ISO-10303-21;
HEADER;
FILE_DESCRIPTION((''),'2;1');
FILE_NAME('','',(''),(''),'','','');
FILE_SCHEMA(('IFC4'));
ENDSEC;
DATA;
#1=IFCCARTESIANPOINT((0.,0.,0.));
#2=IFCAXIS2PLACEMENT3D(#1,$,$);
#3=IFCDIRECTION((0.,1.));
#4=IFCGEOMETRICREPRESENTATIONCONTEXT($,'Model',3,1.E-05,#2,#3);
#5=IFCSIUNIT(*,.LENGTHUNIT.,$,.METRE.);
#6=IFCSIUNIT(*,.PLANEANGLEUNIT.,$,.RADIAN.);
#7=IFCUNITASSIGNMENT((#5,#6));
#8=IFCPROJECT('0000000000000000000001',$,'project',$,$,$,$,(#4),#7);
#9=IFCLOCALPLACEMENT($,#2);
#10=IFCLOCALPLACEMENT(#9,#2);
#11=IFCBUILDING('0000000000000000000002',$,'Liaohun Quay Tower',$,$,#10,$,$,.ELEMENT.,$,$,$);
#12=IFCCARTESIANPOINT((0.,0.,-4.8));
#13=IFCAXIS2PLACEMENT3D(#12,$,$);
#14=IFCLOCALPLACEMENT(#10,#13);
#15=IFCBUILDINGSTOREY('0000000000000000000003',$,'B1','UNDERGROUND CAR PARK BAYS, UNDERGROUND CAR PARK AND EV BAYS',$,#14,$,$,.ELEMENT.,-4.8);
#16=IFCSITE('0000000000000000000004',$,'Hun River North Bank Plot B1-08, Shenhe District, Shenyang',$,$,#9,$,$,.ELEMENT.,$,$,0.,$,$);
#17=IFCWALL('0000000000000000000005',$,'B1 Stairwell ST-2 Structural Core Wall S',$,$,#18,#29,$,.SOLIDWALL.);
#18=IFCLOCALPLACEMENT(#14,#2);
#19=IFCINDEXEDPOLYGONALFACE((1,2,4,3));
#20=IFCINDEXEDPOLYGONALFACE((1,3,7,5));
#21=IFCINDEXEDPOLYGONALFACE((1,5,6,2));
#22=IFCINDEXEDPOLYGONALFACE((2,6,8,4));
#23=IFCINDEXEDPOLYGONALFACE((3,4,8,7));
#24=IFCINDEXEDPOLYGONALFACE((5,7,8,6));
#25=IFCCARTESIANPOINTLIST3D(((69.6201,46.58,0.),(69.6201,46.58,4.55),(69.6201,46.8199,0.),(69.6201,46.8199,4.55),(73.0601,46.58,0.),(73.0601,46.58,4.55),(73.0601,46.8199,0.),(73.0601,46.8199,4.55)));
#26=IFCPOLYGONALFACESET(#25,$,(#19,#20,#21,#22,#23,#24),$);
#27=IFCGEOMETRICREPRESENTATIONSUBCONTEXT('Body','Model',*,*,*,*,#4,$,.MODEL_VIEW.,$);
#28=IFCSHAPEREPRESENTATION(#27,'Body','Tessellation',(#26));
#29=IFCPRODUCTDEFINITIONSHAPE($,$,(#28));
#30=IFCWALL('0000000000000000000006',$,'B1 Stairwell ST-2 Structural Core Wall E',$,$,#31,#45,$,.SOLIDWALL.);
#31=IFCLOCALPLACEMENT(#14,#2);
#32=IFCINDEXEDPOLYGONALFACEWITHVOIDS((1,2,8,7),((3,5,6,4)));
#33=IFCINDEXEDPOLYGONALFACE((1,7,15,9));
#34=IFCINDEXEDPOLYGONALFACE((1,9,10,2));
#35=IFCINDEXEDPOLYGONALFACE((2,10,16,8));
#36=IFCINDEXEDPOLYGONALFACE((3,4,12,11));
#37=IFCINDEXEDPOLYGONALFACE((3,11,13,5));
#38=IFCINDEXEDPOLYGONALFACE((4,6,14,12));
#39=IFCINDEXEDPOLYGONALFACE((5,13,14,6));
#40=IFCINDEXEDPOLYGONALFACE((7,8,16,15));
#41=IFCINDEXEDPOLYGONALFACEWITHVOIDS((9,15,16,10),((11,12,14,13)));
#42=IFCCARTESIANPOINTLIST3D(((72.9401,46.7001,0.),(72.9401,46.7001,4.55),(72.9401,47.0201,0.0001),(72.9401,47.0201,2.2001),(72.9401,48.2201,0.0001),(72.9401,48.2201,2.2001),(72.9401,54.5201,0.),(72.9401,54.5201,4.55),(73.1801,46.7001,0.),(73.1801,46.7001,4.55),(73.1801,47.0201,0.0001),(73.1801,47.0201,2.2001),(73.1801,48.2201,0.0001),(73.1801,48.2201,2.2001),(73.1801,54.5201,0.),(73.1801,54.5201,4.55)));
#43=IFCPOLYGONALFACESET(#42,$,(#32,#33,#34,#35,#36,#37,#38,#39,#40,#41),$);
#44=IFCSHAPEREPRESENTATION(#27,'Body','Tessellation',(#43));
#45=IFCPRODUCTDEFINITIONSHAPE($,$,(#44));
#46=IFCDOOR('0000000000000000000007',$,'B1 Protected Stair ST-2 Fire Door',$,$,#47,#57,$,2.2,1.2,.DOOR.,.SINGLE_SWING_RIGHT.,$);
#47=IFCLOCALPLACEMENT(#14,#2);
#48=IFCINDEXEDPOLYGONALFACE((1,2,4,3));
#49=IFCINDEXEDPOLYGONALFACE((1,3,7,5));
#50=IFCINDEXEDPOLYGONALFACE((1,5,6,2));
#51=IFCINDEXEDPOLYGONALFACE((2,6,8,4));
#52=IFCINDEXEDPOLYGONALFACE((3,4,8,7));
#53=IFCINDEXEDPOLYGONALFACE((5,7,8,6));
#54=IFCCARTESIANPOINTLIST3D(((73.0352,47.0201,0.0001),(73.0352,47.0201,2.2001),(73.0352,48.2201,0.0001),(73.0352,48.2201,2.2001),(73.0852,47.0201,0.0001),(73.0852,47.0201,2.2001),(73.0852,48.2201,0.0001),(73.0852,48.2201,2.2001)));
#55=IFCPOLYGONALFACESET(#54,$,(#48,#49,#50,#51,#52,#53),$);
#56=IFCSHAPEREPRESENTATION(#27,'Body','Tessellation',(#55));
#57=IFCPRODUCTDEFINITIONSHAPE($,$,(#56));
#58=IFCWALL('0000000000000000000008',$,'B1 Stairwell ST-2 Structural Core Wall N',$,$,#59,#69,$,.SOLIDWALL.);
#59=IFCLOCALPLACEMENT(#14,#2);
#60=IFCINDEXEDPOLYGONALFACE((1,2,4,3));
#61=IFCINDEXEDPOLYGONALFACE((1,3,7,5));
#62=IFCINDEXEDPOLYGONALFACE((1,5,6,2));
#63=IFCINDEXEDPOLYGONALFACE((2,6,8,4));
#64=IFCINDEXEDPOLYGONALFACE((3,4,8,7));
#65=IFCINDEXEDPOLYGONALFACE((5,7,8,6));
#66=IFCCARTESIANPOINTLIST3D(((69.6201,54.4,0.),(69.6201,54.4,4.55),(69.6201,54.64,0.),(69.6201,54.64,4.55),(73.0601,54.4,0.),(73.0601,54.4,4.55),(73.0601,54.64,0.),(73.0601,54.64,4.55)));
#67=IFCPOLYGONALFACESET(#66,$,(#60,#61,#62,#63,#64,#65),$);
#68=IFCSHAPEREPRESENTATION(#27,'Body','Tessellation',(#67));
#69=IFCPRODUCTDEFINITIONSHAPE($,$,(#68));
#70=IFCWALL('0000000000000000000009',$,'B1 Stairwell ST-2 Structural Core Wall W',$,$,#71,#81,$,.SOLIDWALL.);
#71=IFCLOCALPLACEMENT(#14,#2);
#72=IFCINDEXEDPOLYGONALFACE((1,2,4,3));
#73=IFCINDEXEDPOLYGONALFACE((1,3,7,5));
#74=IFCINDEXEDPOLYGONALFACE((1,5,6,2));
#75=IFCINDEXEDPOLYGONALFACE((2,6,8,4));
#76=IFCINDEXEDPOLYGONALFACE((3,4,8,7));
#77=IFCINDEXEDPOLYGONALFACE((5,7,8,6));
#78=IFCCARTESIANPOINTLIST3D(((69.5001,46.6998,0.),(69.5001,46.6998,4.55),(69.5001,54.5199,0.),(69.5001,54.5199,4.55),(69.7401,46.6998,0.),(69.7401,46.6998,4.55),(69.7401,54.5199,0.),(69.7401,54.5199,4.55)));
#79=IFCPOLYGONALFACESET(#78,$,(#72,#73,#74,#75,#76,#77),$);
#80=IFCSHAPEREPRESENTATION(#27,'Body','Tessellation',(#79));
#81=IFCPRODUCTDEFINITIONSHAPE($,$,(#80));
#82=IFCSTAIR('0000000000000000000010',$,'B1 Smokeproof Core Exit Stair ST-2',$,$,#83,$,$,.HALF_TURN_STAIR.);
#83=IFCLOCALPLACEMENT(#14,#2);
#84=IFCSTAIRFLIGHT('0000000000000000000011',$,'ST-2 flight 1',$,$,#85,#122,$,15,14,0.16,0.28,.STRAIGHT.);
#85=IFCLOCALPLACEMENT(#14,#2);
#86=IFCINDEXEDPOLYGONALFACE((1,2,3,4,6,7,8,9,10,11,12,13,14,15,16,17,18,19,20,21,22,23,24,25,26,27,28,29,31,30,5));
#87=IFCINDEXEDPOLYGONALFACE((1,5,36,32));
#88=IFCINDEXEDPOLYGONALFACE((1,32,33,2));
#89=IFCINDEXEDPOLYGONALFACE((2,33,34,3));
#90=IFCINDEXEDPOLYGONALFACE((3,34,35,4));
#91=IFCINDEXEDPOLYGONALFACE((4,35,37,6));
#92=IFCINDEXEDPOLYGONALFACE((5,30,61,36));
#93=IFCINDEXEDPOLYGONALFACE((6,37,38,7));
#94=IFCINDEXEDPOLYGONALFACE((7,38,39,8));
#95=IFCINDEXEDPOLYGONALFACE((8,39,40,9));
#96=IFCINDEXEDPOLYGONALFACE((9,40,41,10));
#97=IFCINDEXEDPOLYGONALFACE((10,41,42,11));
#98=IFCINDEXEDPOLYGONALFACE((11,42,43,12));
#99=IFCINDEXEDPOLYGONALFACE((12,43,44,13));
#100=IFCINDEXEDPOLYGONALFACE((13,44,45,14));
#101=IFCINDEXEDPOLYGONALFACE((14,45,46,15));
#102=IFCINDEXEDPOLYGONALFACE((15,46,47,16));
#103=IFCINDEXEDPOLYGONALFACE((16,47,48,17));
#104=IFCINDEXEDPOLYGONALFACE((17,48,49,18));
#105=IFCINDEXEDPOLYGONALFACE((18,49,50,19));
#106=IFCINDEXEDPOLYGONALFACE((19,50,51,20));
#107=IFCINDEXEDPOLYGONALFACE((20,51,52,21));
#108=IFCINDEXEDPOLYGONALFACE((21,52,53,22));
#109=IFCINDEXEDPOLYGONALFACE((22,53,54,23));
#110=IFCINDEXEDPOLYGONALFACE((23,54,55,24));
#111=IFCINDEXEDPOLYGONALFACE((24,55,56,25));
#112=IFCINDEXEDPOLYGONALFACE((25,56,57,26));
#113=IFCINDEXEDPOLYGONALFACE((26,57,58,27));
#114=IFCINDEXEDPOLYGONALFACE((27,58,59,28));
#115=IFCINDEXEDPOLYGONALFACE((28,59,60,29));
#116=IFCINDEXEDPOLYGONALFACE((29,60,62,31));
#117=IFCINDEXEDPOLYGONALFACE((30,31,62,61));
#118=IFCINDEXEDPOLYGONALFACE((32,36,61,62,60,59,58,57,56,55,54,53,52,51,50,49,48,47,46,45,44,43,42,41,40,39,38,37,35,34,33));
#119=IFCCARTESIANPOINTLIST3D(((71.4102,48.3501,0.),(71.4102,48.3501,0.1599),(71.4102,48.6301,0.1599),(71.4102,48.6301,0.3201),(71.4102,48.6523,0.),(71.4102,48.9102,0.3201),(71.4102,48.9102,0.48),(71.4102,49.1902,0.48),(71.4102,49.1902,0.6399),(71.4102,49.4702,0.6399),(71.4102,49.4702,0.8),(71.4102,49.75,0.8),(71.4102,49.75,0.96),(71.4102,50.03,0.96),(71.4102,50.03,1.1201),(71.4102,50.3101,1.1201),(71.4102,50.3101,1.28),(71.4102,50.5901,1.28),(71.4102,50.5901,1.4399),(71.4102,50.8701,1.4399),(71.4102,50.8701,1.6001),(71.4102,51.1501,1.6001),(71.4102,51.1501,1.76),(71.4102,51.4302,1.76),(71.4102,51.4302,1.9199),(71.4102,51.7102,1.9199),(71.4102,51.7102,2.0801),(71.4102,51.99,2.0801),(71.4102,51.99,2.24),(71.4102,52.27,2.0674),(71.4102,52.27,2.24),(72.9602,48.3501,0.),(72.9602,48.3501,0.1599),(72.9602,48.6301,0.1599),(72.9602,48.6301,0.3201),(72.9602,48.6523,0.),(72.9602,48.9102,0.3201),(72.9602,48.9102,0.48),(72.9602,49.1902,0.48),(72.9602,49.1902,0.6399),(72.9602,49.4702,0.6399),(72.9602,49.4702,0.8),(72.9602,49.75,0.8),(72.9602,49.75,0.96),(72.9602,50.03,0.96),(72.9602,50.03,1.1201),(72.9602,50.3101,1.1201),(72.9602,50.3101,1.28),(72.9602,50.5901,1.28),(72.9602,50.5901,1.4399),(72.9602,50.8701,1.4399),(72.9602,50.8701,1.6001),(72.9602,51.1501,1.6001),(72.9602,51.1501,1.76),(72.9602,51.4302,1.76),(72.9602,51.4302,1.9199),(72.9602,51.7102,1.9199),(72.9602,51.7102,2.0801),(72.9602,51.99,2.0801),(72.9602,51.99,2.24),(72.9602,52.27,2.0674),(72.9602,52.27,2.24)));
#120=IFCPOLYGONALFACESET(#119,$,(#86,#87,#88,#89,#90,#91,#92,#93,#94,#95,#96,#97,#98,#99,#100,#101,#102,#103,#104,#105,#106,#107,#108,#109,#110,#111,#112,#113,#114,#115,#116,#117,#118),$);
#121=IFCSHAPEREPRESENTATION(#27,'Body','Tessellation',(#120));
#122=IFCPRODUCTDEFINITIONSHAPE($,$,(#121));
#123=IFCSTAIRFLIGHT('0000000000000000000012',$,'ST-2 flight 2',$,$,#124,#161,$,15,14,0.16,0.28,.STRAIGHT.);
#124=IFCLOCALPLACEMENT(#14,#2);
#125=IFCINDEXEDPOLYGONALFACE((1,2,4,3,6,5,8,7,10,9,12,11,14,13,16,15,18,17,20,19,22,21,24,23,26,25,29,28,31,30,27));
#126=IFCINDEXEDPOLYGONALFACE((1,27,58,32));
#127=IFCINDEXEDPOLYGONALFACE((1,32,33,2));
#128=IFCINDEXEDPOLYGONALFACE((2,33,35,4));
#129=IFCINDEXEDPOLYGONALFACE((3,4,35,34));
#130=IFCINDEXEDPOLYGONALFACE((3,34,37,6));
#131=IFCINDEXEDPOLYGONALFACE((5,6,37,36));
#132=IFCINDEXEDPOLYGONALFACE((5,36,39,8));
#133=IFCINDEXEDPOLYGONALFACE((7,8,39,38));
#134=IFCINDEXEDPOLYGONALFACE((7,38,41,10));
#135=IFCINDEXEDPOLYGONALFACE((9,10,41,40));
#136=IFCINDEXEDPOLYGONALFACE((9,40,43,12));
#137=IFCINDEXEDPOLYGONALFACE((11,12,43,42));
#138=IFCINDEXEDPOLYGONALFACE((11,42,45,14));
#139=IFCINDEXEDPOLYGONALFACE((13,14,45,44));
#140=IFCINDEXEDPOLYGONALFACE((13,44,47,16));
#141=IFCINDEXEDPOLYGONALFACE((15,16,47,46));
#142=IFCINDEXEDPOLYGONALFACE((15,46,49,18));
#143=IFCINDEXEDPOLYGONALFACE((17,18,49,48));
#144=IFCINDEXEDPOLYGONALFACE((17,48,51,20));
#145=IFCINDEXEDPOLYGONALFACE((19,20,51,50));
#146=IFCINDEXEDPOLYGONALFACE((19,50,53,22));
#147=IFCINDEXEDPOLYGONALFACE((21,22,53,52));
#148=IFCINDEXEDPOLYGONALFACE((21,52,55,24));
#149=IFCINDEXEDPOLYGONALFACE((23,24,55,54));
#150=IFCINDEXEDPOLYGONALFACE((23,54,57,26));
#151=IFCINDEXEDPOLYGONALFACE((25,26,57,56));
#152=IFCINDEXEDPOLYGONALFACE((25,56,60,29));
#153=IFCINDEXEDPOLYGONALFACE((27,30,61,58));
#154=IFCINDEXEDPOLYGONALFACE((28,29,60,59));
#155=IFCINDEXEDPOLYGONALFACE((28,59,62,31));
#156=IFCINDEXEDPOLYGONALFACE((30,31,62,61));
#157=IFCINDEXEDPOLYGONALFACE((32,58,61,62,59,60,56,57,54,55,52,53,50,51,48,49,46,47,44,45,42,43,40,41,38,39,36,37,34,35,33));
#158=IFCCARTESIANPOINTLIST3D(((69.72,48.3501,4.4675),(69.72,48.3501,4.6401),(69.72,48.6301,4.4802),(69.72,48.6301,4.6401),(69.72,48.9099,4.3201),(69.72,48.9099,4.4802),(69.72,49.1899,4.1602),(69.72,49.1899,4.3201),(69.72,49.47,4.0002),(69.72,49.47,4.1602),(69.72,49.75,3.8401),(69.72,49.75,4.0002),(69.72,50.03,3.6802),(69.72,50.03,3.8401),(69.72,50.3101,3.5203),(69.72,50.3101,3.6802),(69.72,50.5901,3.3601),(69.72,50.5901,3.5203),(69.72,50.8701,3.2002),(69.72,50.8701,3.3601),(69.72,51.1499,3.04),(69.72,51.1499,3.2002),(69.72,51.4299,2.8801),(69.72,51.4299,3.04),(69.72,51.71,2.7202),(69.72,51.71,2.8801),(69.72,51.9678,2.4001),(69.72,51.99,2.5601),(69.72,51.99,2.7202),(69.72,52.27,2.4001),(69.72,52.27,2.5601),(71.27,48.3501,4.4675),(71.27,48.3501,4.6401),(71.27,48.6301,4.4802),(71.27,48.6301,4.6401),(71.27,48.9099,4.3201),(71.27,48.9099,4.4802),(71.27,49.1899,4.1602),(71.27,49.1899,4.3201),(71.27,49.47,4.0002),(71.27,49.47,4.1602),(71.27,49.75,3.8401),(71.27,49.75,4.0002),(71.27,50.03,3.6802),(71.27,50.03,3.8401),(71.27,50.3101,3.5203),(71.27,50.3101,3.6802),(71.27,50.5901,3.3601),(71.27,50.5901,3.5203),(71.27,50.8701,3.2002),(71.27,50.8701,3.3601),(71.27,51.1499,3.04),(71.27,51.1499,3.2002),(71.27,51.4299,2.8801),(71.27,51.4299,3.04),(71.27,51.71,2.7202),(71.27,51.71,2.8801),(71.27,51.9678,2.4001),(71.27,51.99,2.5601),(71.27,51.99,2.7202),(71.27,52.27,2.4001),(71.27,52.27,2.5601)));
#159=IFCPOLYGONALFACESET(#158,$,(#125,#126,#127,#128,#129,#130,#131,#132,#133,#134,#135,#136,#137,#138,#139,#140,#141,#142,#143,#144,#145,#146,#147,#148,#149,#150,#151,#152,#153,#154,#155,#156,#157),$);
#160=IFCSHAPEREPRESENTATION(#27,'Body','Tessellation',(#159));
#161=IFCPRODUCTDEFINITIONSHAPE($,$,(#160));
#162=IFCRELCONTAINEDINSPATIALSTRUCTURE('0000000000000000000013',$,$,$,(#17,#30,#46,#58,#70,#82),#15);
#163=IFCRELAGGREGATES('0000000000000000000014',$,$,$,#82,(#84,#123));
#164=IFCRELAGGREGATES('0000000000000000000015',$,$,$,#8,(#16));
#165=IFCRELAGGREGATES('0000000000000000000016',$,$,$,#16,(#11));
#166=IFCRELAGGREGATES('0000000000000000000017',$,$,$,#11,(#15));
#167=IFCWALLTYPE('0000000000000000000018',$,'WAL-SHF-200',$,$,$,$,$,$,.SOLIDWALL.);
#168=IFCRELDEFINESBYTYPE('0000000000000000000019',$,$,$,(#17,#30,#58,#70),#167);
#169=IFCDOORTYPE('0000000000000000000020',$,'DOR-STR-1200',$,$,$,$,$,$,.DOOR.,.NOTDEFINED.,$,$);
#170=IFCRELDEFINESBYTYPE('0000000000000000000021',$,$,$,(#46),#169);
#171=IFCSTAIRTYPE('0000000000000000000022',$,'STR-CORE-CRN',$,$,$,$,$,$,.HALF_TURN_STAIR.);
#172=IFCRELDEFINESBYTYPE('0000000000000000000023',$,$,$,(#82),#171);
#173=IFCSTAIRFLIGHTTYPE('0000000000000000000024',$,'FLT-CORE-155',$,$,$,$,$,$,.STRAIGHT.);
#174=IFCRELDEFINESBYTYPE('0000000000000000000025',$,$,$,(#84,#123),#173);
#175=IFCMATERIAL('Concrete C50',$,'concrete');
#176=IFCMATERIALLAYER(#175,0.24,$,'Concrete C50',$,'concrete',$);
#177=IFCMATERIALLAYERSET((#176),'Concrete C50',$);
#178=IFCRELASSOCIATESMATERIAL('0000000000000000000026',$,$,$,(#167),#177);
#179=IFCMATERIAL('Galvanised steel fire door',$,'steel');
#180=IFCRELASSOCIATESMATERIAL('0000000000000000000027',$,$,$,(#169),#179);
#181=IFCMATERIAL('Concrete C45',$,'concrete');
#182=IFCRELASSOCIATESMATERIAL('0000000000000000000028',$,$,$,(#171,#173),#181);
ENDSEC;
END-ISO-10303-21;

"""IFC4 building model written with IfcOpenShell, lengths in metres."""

from ifc_helpers import new_model, si_unit, direction, frame, frame_2d, origin, place, context, subcontext, project, spatial, polyline, rectangle, outline, extrude, source, transform, mapped, material, layer, layer_set, type_object, element, fill, aggregate, save


model = new_model("IFC4")

# Units and contexts
model_context = context("Model", 3, precision=1e-05, world=origin(), true_north=direction((0.0, 1.0)))
body_context = subcontext(model_context, "Body", "Model", "MODEL_VIEW")
ifc_project = project(units=[si_unit("LENGTHUNIT", "METRE"), si_unit("PLANEANGLEUNIT", "RADIAN")], contexts=[model_context])

# Site, building, storey
site_placement = place(None, origin())
site = spatial("IfcSite", under=ifc_project, at=site_placement, Name="Hun River North Bank Plot B1-08, Shenhe District, Shenyang", CompositionType="ELEMENT", RefElevation=0.0)
building_placement = place(site_placement, origin())
building = spatial("IfcBuilding", under=site, at=building_placement, Name="Liaohun Quay Tower", CompositionType="ELEMENT")
storey_placement = place(building_placement, frame((0.0, 0.0, -4.8)))
storey = spatial("IfcBuildingStorey", under=building, at=storey_placement, Name="B1", Description="UNDERGROUND CAR PARK BAYS, UNDERGROUND CAR PARK AND EV BAYS", CompositionType="ELEMENT", Elevation=-4.8)

# Shared definitions
ifc_material_1 = material(Name="Concrete C50", Category="concrete")

# Wall
ifc_layer_1 = layer(ifc_material_1, 0.24, Name="Concrete C50", Category="concrete")
ifc_layer_set_1 = layer_set([ifc_layer_1], Name="Concrete C50")
wall_type_1 = type_object("IfcWallType", Name="WAL-SHF-200", PredefinedType="SOLIDWALL", material=ifc_layer_set_1)
wall_1_placement = place(storey_placement, frame((69.6201, 46.7, 0.0), z_axis=(0.0, 0.0, 1.0), x_axis=(1.0, 0.0, 0.0)))
element("IfcWall", 1, at=wall_1_placement, inside=storey, type_object=wall_type_1, Name="B1 Stairwell ST-2 Structural Core Wall S", PredefinedType="SOLIDWALL", context=body_context, shape_type="SweptSolid", body=[
    extrude(rectangle(XDim=3.4399, YDim=0.24, at=frame_2d((1.72, 0.0))), origin(), (0.0, 0.0, 1.0), 4.55),
])

# Wall, opening, door
wall_2_placement = place(storey_placement, frame((73.0601, 46.7, 0.0), z_axis=(0.0, 0.0, 1.0), x_axis=(0.0, 1.0, 0.0)))
wall_2 = element("IfcWall", 2, at=wall_2_placement, inside=storey, type_object=wall_type_1, Name="B1 Stairwell ST-2 Structural Core Wall E", PredefinedType="SOLIDWALL", context=body_context, shape_type="SweptSolid", body=[
    extrude(rectangle(XDim=7.8201, YDim=0.24, at=frame_2d((3.9102, 0.0))), origin(), (0.0, 0.0, 1.0), 4.55),
])
shared_shape_1 = source(origin(), body_context, "Body", "SweptSolid", [
    extrude(rectangle(XDim=1.2, YDim=2.2, at=frame_2d((0.6001, 1.1001))), frame((0.0, 0.1299, 0.0), z_axis=(0.0, -1.0, 0.0), x_axis=(1.0, 0.0, 0.0)), (0.0, 0.0, 1.0), 0.26),
])
opening_placement = place(wall_2_placement, frame((0.3201, 0.0, 0.0)))
opening = element("IfcOpeningElement", 3, at=opening_placement, cuts=wall_2, PredefinedType="OPENING", context=body_context, shape_type="MappedRepresentation", body=[
    mapped(shared_shape_1, transform((0.0, 0.0, 0.0), x_axis=(1.0, 0.0, 0.0), y_axis=(0.0, 1.0, 0.0), z_axis=(0.0, 0.0, 1.0), scale=1.0)),
])
ifc_material_2 = material(Name="Galvanised steel fire door", Category="steel")
door_type = type_object("IfcDoorType", Name="DOR-STR-1200", OperationType="NOTDEFINED", PredefinedType="DOOR", material=ifc_material_2)
shared_shape_2 = source(origin(), body_context, "Body", "SweptSolid", [
    extrude(rectangle(XDim=1.2, YDim=2.2, at=frame_2d((0.6001, 1.1001))), frame((0.0, 0.0249, 0.0), z_axis=(0.0, -1.0, 0.0), x_axis=(1.0, 0.0, 0.0)), (0.0, 0.0, 1.0), 0.05),
])
door_placement = place(opening_placement, origin())
door = element("IfcDoor", 4, at=door_placement, inside=storey, type_object=door_type, Name="B1 Protected Stair ST-2 Fire Door", OperationType="SINGLE_SWING_RIGHT", OverallHeight=2.2, OverallWidth=1.2, PredefinedType="DOOR", context=body_context, shape_type="MappedRepresentation", body=[
    mapped(shared_shape_2, transform((0.0, 0.0, 0.0), x_axis=(1.0, 0.0, 0.0), y_axis=(0.0, 1.0, 0.0), z_axis=(0.0, 0.0, 1.0), scale=1.0)),
])
fill(opening, door)

# Walls
wall_3_placement = place(storey_placement, frame((73.0601, 54.52, 0.0), z_axis=(0.0, 0.0, 1.0), x_axis=(-1.0, 0.0, 0.0)))
element("IfcWall", 5, at=wall_3_placement, inside=storey, type_object=wall_type_1, Name="B1 Stairwell ST-2 Structural Core Wall N", PredefinedType="SOLIDWALL", context=body_context, shape_type="SweptSolid", body=[
    extrude(rectangle(XDim=3.4399, YDim=0.24, at=frame_2d((1.72, 0.0))), origin(), (0.0, 0.0, 1.0), 4.55),
])
wall_4_placement = place(storey_placement, frame((69.6201, 54.52, 0.0), z_axis=(0.0, 0.0, 1.0), x_axis=(0.0, -1.0, 0.0)))
element("IfcWall", 6, at=wall_4_placement, inside=storey, type_object=wall_type_1, Name="B1 Stairwell ST-2 Structural Core Wall W", PredefinedType="SOLIDWALL", context=body_context, shape_type="SweptSolid", body=[
    extrude(rectangle(XDim=7.8201, YDim=0.24, at=frame_2d((3.9102, 0.0))), origin(), (0.0, 0.0, 1.0), 4.55),
])

# Stair, stair flights
ifc_material_3 = material(Name="Concrete C45", Category="concrete")
stair_type = type_object("IfcStairType", Name="STR-CORE-CRN", PredefinedType="HALF_TURN_STAIR", material=ifc_material_3)
stair_placement = place(storey_placement, origin())
stair = element("IfcStair", 7, at=stair_placement, inside=storey, type_object=stair_type, Name="B1 Smokeproof Core Exit Stair ST-2", PredefinedType="HALF_TURN_STAIR")
stair_flight_type = type_object("IfcStairFlightType", Name="FLT-CORE-155", PredefinedType="STRAIGHT", material=ifc_material_3)
stair_flight_1_placement = place(storey_placement, frame((72.1851, 48.3501, 0.0), z_axis=(0.0, 0.0, 1.0), x_axis=(0.0, 1.0, 0.0)))
stair_flight_1 = element("IfcStairFlight", 8, at=stair_flight_1_placement, type_object=stair_flight_type, Name="ST-2 flight 1", NumberOfRisers=15, NumberOfTreads=14, PredefinedType="STRAIGHT", RiserHeight=0.16, TreadLength=0.28, context=body_context, shape_type="SweptSolid", body=[
    extrude(outline(polyline([(0.0, 0.0), (0.0, 0.1599), (0.28, 0.1599), (0.28, 0.3201), (0.5601, 0.3201), (0.5601, 0.48), (0.8401, 0.48), (0.8401, 0.6399), (1.1201, 0.6399), (1.1201, 0.8), (1.3999, 0.8), (1.3999, 0.96), (1.6799, 0.96), (1.6799, 1.1201), (1.96, 1.1201), (1.96, 1.28), (2.24, 1.28), (2.24, 1.4399), (2.52, 1.4399), (2.52, 1.6001), (2.8, 1.6001), (2.8, 1.76), (3.0801, 1.76), (3.0801, 1.9199), (3.3601, 1.9199), (3.3601, 2.0801), (3.6399, 2.0801), (3.6399, 2.24), (3.9199, 2.24), (3.9199, 2.3999), (3.9199, 2.0674), (0.3022, 0.0), (0.0, 0.0)])), frame((0.0, 0.7749, 0.0), z_axis=(0.0, -1.0, 0.0), x_axis=(1.0, 0.0, 0.0)), (0.0, 0.0, 1.0), 1.55),
])
stair_flight_2_placement = place(storey_placement, frame((70.4951, 52.27, 2.4001), z_axis=(0.0, 0.0, 1.0), x_axis=(0.0, -1.0, 0.0)))
stair_flight_2 = element("IfcStairFlight", 9, at=stair_flight_2_placement, type_object=stair_flight_type, Name="ST-2 flight 2", NumberOfRisers=15, NumberOfTreads=14, PredefinedType="STRAIGHT", RiserHeight=0.16, TreadLength=0.28, context=body_context, shape_type="SweptSolid", body=[
    extrude(outline(polyline([(0.0, 0.0), (0.0, 0.1599), (0.28, 0.1599), (0.28, 0.3201), (0.5601, 0.3201), (0.5601, 0.48), (0.8401, 0.48), (0.8401, 0.6399), (1.1201, 0.6399), (1.1201, 0.8), (1.3999, 0.8), (1.3999, 0.96), (1.6799, 0.96), (1.6799, 1.1201), (1.96, 1.1201), (1.96, 1.28), (2.24, 1.28), (2.24, 1.4399), (2.52, 1.4399), (2.52, 1.6001), (2.8, 1.6001), (2.8, 1.76), (3.0801, 1.76), (3.0801, 1.9199), (3.3601, 1.9199), (3.3601, 2.0801), (3.6399, 2.0801), (3.6399, 2.24), (3.9199, 2.24), (3.9199, 2.3999), (3.9199, 2.0674), (0.3022, 0.0), (0.0, 0.0)])), frame((0.0, 0.7749, 0.0), z_axis=(0.0, -1.0, 0.0), x_axis=(1.0, 0.0, 0.0)), (0.0, 0.0, 1.0), 1.55),
])
aggregate(stair, [stair_flight_1, stair_flight_2])

save(model, "model.ifc")
